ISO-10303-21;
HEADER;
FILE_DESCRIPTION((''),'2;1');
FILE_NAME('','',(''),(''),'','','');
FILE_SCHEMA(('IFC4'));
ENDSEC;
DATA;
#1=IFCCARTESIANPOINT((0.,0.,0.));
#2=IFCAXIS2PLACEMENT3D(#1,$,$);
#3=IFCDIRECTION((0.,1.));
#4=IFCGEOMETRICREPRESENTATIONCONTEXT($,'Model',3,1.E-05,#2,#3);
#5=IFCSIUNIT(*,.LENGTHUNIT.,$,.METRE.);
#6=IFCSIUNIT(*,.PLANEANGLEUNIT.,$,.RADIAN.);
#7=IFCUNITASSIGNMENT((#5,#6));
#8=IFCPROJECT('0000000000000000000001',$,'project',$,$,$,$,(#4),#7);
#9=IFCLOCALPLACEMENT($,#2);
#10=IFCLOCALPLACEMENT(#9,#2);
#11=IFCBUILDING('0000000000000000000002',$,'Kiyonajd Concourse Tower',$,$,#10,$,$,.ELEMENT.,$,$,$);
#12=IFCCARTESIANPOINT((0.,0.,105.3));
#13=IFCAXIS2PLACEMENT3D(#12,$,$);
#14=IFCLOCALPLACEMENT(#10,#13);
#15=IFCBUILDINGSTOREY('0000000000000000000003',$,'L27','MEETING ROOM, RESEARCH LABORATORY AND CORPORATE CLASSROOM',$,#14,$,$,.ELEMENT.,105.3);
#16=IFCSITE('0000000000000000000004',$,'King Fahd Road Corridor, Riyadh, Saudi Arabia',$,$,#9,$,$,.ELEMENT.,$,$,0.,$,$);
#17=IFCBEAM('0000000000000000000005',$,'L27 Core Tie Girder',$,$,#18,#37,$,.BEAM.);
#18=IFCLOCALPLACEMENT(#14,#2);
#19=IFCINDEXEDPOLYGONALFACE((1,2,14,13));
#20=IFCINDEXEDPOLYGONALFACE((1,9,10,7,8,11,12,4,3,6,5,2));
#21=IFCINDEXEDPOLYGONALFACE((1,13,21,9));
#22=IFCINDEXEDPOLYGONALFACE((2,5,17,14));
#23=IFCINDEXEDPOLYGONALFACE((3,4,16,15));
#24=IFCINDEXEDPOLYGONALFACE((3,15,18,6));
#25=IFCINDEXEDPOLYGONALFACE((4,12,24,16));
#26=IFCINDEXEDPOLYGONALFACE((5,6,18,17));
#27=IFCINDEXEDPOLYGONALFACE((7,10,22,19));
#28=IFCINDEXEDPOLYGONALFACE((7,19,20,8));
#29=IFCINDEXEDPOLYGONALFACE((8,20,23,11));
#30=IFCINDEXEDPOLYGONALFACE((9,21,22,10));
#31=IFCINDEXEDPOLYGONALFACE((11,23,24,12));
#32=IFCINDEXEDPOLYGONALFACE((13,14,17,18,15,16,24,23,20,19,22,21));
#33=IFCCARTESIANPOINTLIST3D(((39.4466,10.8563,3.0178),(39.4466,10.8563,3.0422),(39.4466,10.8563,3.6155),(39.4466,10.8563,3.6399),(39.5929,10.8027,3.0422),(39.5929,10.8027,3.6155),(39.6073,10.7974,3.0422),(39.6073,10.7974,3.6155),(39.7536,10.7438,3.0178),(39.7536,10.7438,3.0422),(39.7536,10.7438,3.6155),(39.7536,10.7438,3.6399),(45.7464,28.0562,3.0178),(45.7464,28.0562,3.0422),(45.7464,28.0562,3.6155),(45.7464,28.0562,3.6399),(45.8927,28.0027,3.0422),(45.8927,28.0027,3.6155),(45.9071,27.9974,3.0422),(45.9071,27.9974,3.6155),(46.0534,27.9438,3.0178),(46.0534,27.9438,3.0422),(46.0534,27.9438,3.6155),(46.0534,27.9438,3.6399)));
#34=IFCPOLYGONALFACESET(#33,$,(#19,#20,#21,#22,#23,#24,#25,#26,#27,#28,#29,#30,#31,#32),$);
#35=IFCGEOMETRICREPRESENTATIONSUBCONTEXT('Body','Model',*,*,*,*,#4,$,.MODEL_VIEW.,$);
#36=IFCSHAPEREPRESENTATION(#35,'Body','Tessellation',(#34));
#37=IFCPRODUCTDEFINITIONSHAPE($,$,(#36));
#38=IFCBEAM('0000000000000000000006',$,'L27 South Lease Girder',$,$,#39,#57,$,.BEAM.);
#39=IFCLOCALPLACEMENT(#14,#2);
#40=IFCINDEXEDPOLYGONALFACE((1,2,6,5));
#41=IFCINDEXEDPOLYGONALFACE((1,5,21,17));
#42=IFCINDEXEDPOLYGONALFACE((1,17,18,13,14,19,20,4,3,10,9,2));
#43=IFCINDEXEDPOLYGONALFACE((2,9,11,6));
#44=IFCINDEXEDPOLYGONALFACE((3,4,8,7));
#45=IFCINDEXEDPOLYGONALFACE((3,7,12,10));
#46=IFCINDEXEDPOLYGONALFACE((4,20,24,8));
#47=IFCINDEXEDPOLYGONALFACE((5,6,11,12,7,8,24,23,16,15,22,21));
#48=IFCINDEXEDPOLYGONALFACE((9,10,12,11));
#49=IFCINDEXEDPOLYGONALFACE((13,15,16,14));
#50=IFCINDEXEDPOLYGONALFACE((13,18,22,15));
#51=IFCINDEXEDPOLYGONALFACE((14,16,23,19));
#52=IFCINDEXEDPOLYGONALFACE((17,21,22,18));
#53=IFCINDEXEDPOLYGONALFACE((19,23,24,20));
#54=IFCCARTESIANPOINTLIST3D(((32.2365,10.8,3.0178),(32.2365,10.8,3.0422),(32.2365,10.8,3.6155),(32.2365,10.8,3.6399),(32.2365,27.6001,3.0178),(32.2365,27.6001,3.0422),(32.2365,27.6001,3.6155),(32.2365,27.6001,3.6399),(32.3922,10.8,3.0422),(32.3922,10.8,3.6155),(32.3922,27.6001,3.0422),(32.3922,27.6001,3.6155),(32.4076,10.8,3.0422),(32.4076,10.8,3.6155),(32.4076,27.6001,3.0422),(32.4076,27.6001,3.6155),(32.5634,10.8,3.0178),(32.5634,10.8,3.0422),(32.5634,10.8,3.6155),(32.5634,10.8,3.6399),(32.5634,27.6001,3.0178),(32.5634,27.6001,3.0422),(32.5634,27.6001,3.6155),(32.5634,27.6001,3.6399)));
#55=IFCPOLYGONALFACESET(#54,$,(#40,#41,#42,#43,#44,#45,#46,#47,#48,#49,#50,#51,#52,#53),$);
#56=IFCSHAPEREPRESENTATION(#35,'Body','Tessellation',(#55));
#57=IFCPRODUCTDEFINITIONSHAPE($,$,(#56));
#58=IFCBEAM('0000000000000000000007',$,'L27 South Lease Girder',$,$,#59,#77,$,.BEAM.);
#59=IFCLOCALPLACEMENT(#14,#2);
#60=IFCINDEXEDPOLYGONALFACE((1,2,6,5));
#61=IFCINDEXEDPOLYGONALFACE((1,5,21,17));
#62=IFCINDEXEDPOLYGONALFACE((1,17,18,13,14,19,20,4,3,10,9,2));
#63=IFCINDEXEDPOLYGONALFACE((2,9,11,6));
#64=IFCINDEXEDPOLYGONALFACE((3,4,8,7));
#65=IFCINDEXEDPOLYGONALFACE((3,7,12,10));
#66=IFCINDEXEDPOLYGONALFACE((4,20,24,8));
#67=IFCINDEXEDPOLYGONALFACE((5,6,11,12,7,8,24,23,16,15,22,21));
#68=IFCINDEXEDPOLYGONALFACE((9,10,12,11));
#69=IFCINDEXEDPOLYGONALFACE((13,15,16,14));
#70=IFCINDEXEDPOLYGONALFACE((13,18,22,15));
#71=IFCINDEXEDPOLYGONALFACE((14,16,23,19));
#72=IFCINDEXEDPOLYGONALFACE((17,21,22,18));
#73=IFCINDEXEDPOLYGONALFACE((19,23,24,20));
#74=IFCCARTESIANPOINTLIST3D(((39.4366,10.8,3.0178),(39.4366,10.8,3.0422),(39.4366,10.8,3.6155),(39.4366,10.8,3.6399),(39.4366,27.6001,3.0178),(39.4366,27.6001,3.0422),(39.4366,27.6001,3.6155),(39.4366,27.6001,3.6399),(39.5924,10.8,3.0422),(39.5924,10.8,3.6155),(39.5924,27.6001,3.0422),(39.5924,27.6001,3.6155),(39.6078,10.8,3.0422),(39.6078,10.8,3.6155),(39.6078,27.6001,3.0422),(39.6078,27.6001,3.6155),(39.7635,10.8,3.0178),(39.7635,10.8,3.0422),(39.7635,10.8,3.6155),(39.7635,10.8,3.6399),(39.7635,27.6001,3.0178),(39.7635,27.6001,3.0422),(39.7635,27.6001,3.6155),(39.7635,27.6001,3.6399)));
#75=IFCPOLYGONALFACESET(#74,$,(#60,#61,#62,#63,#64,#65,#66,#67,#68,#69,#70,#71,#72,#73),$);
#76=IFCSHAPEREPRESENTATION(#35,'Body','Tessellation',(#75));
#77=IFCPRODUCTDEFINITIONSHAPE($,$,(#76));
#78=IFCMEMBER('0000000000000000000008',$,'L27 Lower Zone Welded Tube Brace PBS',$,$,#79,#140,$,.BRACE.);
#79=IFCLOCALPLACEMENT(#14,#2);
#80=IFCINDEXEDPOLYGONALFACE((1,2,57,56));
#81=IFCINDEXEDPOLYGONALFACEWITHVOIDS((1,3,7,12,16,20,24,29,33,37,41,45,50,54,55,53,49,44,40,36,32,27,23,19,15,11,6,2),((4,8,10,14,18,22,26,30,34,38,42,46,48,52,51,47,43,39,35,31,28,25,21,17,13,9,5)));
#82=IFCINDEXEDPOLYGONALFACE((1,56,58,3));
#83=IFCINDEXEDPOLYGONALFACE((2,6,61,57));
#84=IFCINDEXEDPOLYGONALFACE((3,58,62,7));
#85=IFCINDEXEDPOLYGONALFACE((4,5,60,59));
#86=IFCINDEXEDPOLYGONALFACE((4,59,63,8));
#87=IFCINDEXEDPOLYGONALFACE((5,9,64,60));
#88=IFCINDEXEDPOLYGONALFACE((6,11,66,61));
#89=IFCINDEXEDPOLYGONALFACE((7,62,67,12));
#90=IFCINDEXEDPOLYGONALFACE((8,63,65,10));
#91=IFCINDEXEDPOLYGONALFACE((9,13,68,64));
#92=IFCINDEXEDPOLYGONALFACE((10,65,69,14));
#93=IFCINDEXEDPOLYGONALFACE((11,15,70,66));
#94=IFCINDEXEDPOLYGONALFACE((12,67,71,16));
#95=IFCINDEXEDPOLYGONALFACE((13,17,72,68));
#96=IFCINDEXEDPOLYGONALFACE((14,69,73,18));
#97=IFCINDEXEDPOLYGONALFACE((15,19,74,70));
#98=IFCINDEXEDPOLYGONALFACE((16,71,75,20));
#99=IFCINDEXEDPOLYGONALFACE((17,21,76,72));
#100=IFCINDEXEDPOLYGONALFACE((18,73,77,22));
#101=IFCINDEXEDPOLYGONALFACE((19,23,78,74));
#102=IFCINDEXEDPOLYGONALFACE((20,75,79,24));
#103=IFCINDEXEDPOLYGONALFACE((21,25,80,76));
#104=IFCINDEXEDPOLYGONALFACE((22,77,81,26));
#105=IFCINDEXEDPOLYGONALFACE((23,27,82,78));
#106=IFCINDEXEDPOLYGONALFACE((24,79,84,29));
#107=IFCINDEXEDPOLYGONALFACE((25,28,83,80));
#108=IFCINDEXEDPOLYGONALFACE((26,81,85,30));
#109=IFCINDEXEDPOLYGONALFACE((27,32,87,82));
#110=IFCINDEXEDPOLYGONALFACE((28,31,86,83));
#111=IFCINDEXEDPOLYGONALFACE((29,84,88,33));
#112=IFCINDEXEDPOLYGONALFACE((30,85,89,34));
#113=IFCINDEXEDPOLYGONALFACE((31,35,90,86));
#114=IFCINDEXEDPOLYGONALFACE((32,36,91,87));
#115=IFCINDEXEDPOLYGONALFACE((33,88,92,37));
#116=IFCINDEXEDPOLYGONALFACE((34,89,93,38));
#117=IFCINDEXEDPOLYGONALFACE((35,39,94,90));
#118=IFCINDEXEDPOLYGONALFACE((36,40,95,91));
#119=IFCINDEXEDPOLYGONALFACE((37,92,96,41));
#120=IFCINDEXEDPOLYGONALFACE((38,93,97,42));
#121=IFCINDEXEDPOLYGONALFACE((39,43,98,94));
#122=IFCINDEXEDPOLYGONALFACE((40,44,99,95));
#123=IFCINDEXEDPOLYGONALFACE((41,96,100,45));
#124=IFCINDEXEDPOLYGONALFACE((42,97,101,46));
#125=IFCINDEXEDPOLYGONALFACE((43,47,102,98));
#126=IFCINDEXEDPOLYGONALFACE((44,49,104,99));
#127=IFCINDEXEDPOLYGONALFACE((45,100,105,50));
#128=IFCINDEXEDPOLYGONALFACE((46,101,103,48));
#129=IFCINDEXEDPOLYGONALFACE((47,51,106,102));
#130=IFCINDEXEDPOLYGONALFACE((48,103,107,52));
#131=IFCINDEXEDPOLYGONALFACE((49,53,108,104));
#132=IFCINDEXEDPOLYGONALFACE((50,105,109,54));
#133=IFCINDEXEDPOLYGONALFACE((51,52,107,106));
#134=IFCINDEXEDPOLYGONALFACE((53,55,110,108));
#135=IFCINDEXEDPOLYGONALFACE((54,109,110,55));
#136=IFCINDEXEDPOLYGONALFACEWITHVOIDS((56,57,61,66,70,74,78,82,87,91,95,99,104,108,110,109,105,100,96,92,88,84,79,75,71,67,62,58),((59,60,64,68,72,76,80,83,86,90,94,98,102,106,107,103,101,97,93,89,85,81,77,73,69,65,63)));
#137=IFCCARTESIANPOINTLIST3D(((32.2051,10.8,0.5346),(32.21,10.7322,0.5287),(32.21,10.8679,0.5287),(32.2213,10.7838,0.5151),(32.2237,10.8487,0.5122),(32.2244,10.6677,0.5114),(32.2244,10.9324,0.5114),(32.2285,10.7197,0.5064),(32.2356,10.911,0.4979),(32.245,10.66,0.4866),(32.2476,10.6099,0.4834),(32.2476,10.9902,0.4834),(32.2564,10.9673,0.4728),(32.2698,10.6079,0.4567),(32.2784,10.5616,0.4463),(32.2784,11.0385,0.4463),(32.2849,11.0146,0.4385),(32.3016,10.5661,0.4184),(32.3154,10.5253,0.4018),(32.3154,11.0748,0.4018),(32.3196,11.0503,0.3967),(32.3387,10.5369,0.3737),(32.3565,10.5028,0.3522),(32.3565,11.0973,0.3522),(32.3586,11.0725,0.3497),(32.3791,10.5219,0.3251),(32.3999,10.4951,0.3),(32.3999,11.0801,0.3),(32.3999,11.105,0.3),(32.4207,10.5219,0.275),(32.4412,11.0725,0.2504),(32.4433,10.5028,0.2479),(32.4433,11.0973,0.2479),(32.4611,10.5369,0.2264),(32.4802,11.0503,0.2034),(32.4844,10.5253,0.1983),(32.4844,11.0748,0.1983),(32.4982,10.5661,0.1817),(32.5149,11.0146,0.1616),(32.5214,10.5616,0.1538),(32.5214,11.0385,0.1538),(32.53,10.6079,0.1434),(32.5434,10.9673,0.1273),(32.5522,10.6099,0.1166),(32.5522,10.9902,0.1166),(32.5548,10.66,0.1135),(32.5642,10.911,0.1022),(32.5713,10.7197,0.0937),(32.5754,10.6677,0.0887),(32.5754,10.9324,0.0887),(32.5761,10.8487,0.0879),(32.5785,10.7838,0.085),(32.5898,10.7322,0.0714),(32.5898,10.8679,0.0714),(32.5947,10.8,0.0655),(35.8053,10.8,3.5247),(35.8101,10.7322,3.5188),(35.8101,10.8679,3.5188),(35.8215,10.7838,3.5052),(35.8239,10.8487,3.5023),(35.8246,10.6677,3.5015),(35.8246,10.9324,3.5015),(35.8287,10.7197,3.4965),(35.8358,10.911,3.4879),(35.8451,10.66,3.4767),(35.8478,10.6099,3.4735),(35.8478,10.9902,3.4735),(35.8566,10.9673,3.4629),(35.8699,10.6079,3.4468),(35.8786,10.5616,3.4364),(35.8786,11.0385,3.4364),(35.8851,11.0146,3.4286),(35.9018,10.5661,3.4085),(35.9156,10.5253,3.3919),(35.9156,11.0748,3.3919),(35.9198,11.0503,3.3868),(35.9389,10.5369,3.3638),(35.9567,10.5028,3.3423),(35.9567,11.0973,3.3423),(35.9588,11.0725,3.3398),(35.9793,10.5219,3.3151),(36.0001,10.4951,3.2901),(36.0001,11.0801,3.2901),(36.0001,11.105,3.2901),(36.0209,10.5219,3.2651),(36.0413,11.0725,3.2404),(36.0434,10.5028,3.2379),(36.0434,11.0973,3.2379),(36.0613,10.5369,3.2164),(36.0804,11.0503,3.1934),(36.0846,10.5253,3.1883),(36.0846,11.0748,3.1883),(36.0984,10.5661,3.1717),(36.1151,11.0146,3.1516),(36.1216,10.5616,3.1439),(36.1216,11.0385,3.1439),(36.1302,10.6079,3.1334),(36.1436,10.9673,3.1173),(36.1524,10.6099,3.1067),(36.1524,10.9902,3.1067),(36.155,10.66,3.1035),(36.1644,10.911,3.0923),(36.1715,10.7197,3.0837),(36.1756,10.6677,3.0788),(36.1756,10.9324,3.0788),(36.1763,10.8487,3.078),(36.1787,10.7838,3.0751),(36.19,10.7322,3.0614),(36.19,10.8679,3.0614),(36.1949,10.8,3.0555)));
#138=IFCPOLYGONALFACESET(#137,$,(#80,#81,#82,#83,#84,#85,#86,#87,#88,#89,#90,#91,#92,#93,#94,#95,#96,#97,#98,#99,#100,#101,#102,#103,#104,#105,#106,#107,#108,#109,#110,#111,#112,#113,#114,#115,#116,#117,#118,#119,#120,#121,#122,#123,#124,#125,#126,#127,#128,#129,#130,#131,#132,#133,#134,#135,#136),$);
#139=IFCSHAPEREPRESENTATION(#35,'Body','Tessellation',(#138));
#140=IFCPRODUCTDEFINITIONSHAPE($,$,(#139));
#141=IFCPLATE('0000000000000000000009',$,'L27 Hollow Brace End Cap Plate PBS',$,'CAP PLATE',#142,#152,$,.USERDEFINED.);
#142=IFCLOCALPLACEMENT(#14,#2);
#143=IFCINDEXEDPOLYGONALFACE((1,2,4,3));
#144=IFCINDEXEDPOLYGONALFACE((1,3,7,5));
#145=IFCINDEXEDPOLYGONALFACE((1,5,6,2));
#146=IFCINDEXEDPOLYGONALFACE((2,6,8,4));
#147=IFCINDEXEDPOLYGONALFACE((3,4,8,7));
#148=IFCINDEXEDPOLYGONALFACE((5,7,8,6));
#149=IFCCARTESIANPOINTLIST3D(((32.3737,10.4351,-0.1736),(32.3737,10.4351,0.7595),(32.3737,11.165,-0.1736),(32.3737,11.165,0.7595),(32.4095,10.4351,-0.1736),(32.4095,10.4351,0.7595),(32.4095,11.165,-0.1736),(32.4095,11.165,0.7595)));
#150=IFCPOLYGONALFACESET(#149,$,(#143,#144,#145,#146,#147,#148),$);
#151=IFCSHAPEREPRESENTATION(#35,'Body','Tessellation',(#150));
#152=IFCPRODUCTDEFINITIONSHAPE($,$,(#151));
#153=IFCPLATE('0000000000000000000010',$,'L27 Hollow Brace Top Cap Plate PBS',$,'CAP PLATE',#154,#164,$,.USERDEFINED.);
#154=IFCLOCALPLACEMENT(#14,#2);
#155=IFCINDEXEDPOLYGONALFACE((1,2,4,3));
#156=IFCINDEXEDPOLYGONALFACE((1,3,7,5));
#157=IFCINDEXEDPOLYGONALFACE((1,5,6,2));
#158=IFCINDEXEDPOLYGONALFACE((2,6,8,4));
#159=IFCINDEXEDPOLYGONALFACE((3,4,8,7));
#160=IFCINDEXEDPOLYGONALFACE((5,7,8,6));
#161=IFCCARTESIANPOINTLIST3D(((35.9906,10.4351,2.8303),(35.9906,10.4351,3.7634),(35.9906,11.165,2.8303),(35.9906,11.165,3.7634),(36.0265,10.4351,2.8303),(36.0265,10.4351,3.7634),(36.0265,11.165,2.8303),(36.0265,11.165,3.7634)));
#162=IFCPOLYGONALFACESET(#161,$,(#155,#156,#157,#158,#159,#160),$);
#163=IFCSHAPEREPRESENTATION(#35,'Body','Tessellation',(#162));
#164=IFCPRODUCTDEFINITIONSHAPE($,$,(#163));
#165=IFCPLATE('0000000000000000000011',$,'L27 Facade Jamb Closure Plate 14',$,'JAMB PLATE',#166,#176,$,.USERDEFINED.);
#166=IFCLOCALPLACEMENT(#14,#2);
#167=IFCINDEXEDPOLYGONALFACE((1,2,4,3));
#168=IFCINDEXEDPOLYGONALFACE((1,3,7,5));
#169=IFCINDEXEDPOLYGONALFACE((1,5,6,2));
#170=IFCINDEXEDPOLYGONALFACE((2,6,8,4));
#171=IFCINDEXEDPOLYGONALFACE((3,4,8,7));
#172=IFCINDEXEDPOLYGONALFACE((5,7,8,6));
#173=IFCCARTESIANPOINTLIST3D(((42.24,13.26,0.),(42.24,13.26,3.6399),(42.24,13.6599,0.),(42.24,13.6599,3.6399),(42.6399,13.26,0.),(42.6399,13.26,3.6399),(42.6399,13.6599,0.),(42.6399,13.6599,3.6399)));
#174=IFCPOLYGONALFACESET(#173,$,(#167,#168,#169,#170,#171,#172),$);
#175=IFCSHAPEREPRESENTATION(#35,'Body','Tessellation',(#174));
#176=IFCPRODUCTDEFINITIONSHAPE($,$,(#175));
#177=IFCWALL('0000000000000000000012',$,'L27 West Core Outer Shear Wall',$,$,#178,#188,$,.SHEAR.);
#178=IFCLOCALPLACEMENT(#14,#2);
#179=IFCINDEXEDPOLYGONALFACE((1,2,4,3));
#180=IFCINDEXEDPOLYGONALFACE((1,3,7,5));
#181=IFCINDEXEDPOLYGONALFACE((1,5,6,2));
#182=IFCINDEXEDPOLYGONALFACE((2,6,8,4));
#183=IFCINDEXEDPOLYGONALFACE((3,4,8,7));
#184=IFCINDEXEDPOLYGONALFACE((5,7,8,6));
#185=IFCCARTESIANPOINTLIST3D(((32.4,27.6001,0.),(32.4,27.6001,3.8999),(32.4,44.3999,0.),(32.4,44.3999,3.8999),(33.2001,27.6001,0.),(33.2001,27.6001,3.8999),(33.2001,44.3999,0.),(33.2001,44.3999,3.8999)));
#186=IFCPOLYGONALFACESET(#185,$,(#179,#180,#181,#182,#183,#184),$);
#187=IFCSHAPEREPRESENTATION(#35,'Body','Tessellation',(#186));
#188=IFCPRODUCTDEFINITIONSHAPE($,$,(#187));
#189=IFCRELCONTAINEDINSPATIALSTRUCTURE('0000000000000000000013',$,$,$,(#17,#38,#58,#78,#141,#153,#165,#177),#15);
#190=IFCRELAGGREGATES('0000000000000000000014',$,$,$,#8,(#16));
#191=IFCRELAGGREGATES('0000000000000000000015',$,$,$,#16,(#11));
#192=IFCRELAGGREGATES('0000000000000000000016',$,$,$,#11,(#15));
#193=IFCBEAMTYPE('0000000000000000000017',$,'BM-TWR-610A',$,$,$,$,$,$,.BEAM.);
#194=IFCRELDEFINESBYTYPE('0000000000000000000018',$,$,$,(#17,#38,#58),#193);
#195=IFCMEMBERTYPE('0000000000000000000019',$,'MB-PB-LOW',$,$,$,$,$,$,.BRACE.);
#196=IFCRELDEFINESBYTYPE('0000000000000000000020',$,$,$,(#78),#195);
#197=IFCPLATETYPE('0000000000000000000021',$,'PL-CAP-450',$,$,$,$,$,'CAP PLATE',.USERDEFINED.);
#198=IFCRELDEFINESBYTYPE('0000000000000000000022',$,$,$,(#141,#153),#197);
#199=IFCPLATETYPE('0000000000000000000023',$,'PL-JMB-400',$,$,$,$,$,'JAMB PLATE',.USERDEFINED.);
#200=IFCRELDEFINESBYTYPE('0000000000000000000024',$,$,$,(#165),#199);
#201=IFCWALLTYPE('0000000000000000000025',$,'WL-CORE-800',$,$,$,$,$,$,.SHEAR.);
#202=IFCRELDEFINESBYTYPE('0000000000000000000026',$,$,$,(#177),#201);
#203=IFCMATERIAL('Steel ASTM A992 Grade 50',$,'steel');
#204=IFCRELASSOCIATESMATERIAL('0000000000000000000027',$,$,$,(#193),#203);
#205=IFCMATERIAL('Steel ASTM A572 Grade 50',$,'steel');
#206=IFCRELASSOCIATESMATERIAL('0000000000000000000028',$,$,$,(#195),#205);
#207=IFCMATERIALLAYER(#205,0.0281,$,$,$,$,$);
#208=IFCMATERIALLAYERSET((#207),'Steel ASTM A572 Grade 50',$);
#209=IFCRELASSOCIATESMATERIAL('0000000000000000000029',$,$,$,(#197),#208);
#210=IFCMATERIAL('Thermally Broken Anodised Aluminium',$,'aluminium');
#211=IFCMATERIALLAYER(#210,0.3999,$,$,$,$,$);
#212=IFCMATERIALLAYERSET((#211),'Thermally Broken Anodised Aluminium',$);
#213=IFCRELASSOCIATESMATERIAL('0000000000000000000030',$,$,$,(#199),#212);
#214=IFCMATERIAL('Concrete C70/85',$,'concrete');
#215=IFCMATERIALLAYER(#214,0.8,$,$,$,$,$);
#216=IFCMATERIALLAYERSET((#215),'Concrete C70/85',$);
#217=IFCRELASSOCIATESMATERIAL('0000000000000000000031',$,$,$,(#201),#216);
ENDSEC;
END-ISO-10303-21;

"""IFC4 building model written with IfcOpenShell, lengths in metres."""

from ifc_helpers import new_model, si_unit, direction, frame, frame_2d, origin, origin_2d, place, context, subcontext, project, spatial, rectangle, hollow_circle, i_section, extrude, material, layer, layer_set, material_profile, profile_set, type_object, element, save


model = new_model("IFC4")

# Units and contexts
model_context = context("Model", 3, precision=1e-05, world=origin(), true_north=direction((0.0, 1.0)))
body_context = subcontext(model_context, "Body", "Model", "MODEL_VIEW")
ifc_project = project(units=[si_unit("LENGTHUNIT", "METRE"), si_unit("PLANEANGLEUNIT", "RADIAN")], contexts=[model_context])

# Site, building, storey
site_placement = place(None, origin())
site = spatial("IfcSite", under=ifc_project, at=site_placement, Name="King Fahd Road Corridor, Riyadh, Saudi Arabia", CompositionType="ELEMENT", RefElevation=0.0)
building_placement = place(site_placement, origin())
building = spatial("IfcBuilding", under=site, at=building_placement, Name="Kiyonajd Concourse Tower", CompositionType="ELEMENT")
storey_placement = place(building_placement, frame((0.0, 0.0, 105.3)))
storey = spatial("IfcBuildingStorey", under=building, at=storey_placement, Name="L27", Description="MEETING ROOM, RESEARCH LABORATORY AND CORPORATE CLASSROOM", CompositionType="ELEMENT", Elevation=105.3)

# Shared definitions
ifc_material_1 = material(Name="Concrete C70/85", Category="concrete")

# Beams
ifc_material_2 = material(Name="Steel ASTM A992 Grade 50", Category="steel")
ifc_material_profile_1 = material_profile(ifc_material_2, i_section(OverallWidth=0.3269, OverallDepth=0.6221, WebThickness=0.0154, FlangeThickness=0.0244, at=origin_2d()), Name="W610X195")
ifc_profile_set_1 = profile_set([ifc_material_profile_1], Name="Steel ASTM A992 Grade 50")
beam_type_1 = type_object("IfcBeamType", Name="BM-TWR-610A", PredefinedType="BEAM", material=ifc_profile_set_1)
beam_1_placement = place(storey_placement, frame((39.6001, 10.8, 3.3289), z_axis=(0.343925, 0.938997, 0.0), x_axis=(-0.938997, 0.343925, 0.0)))
element("IfcBeam", 1, at=beam_1_placement, inside=storey, type_object=beam_type_1, Name="L27 Core Tie Girder", PredefinedType="BEAM", context=body_context, shape_type="SweptSolid", body=[
    extrude(i_section(OverallWidth=0.3269, OverallDepth=0.6221, WebThickness=0.0154, FlangeThickness=0.0244, at=origin_2d()), origin(), (0.0, 0.0, 1.0), 18.3174),
])
for number, where, z_axis, x_axis, name in (
    (2, (32.3999, 10.8, 3.3289), (0.0, 1.0, 0.0), (-1.0, 0.0, 0.0), "L27 South Lease Girder"),
    (3, (39.6001, 10.8, 3.3289), (0.0, 1.0, 0.0), (-1.0, 0.0, 0.0), "L27 South Lease Girder"),
):
    element("IfcBeam", number, at=place(storey_placement, frame(where, z_axis=z_axis, x_axis=x_axis)), inside=storey, type_object=beam_type_1, Name=name, PredefinedType="BEAM", context=body_context, shape_type="SweptSolid", body=[
        extrude(i_section(OverallWidth=0.3269, OverallDepth=0.6221, WebThickness=0.0154, FlangeThickness=0.0244, at=origin_2d()), origin(), (0.0, 0.0, 1.0), 16.8),
    ])

# Member
ifc_material_3 = material(Name="Steel ASTM A572 Grade 50", Category="steel")
ifc_material_profile_2 = material_profile(ifc_material_3, hollow_circle(Radius=0.3049, WallThickness=0.0249, at=origin_2d()), Name="CHS-610x25")
ifc_profile_set_2 = profile_set([ifc_material_profile_2], Name="Steel ASTM A572 Grade 50")
member_type = type_object("IfcMemberType", Name="MB-PB-LOW", PredefinedType="BRACE", material=ifc_profile_set_2)
member_placement = place(storey_placement, frame((32.3999, 10.8, 0.3), z_axis=(0.769281, 0.0, 0.638911), x_axis=(0.0, 1.0, 0.0)))
element("IfcMember", 4, at=member_placement, inside=storey, type_object=member_type, Name="L27 Lower Zone Welded Tube Brace PBS", PredefinedType="BRACE", context=body_context, shape_type="SweptSolid", body=[
    extrude(hollow_circle(Radius=0.3049, WallThickness=0.0249, at=origin_2d()), origin(), (0.0, 0.0, 1.0), 4.6799),
])

# Plates
ifc_layer_1 = layer(ifc_material_3, 0.0281)
ifc_layer_set_1 = layer_set([ifc_layer_1], Name="Steel ASTM A572 Grade 50")
plate_type_1 = type_object("IfcPlateType", Name="PL-CAP-450", ElementType="CAP PLATE", PredefinedType="USERDEFINED", material=ifc_layer_set_1)
for number, where, z_axis, x_axis, name in (
    (5, (32.3916, 10.8, -0.1736), (0.0, 0.0, 1.0), (-1.0, 0.0, 0.0), "L27 Hollow Brace End Cap Plate PBS"),
    (6, (36.0085, 10.8, 2.8303), (0.0, 0.0, 1.0), (1.0, 0.0, 0.0), "L27 Hollow Brace Top Cap Plate PBS"),
):
    element("IfcPlate", number, at=place(storey_placement, frame(where, z_axis=z_axis, x_axis=x_axis)), inside=storey, type_object=plate_type_1, Name=name, ObjectType="CAP PLATE", PredefinedType="USERDEFINED", context=body_context, shape_type="SweptSolid", body=[
        extrude(rectangle(XDim=0.0359, YDim=0.73, at=origin_2d()), origin(), (0.0, 0.0, 1.0), 0.9331),
    ])
ifc_material_4 = material(Name="Thermally Broken Anodised Aluminium", Category="aluminium")
ifc_layer_2 = layer(ifc_material_4, 0.3999)
ifc_layer_set_2 = layer_set([ifc_layer_2], Name="Thermally Broken Anodised Aluminium")
plate_type_2 = type_object("IfcPlateType", Name="PL-JMB-400", ElementType="JAMB PLATE", PredefinedType="USERDEFINED", material=ifc_layer_set_2)
plate_placement = place(storey_placement, frame((42.4399, 13.46, 0.0), z_axis=(0.0, 0.0, 1.0), x_axis=(1.0, 0.0, 0.0)))
element("IfcPlate", 7, at=plate_placement, inside=storey, type_object=plate_type_2, Name="L27 Facade Jamb Closure Plate 14", ObjectType="JAMB PLATE", PredefinedType="USERDEFINED", context=body_context, shape_type="SweptSolid", body=[
    extrude(rectangle(XDim=0.3999, YDim=0.3999, at=origin_2d()), origin(), (0.0, 0.0, 1.0), 3.6399),
])

# Wall
ifc_layer_3 = layer(ifc_material_1, 0.8)
ifc_layer_set_3 = layer_set([ifc_layer_3], Name="Concrete C70/85")
wall_type_1 = type_object("IfcWallType", Name="WL-CORE-800", PredefinedType="SHEAR", material=ifc_layer_set_3)
wall_1_placement = place(storey_placement, frame((32.8, 27.6001, 0.0), z_axis=(0.0, 0.0, 1.0), x_axis=(0.0, 1.0, 0.0)))
element("IfcWall", 8, at=wall_1_placement, inside=storey, type_object=wall_type_1, Name="L27 West Core Outer Shear Wall", PredefinedType="SHEAR", context=body_context, shape_type="SweptSolid", body=[
    extrude(rectangle(XDim=16.7998, YDim=0.8, at=frame_2d((8.3999, 0.0))), origin(), (0.0, 0.0, 1.0), 3.8999),
])

save(model, "model.ifc")
